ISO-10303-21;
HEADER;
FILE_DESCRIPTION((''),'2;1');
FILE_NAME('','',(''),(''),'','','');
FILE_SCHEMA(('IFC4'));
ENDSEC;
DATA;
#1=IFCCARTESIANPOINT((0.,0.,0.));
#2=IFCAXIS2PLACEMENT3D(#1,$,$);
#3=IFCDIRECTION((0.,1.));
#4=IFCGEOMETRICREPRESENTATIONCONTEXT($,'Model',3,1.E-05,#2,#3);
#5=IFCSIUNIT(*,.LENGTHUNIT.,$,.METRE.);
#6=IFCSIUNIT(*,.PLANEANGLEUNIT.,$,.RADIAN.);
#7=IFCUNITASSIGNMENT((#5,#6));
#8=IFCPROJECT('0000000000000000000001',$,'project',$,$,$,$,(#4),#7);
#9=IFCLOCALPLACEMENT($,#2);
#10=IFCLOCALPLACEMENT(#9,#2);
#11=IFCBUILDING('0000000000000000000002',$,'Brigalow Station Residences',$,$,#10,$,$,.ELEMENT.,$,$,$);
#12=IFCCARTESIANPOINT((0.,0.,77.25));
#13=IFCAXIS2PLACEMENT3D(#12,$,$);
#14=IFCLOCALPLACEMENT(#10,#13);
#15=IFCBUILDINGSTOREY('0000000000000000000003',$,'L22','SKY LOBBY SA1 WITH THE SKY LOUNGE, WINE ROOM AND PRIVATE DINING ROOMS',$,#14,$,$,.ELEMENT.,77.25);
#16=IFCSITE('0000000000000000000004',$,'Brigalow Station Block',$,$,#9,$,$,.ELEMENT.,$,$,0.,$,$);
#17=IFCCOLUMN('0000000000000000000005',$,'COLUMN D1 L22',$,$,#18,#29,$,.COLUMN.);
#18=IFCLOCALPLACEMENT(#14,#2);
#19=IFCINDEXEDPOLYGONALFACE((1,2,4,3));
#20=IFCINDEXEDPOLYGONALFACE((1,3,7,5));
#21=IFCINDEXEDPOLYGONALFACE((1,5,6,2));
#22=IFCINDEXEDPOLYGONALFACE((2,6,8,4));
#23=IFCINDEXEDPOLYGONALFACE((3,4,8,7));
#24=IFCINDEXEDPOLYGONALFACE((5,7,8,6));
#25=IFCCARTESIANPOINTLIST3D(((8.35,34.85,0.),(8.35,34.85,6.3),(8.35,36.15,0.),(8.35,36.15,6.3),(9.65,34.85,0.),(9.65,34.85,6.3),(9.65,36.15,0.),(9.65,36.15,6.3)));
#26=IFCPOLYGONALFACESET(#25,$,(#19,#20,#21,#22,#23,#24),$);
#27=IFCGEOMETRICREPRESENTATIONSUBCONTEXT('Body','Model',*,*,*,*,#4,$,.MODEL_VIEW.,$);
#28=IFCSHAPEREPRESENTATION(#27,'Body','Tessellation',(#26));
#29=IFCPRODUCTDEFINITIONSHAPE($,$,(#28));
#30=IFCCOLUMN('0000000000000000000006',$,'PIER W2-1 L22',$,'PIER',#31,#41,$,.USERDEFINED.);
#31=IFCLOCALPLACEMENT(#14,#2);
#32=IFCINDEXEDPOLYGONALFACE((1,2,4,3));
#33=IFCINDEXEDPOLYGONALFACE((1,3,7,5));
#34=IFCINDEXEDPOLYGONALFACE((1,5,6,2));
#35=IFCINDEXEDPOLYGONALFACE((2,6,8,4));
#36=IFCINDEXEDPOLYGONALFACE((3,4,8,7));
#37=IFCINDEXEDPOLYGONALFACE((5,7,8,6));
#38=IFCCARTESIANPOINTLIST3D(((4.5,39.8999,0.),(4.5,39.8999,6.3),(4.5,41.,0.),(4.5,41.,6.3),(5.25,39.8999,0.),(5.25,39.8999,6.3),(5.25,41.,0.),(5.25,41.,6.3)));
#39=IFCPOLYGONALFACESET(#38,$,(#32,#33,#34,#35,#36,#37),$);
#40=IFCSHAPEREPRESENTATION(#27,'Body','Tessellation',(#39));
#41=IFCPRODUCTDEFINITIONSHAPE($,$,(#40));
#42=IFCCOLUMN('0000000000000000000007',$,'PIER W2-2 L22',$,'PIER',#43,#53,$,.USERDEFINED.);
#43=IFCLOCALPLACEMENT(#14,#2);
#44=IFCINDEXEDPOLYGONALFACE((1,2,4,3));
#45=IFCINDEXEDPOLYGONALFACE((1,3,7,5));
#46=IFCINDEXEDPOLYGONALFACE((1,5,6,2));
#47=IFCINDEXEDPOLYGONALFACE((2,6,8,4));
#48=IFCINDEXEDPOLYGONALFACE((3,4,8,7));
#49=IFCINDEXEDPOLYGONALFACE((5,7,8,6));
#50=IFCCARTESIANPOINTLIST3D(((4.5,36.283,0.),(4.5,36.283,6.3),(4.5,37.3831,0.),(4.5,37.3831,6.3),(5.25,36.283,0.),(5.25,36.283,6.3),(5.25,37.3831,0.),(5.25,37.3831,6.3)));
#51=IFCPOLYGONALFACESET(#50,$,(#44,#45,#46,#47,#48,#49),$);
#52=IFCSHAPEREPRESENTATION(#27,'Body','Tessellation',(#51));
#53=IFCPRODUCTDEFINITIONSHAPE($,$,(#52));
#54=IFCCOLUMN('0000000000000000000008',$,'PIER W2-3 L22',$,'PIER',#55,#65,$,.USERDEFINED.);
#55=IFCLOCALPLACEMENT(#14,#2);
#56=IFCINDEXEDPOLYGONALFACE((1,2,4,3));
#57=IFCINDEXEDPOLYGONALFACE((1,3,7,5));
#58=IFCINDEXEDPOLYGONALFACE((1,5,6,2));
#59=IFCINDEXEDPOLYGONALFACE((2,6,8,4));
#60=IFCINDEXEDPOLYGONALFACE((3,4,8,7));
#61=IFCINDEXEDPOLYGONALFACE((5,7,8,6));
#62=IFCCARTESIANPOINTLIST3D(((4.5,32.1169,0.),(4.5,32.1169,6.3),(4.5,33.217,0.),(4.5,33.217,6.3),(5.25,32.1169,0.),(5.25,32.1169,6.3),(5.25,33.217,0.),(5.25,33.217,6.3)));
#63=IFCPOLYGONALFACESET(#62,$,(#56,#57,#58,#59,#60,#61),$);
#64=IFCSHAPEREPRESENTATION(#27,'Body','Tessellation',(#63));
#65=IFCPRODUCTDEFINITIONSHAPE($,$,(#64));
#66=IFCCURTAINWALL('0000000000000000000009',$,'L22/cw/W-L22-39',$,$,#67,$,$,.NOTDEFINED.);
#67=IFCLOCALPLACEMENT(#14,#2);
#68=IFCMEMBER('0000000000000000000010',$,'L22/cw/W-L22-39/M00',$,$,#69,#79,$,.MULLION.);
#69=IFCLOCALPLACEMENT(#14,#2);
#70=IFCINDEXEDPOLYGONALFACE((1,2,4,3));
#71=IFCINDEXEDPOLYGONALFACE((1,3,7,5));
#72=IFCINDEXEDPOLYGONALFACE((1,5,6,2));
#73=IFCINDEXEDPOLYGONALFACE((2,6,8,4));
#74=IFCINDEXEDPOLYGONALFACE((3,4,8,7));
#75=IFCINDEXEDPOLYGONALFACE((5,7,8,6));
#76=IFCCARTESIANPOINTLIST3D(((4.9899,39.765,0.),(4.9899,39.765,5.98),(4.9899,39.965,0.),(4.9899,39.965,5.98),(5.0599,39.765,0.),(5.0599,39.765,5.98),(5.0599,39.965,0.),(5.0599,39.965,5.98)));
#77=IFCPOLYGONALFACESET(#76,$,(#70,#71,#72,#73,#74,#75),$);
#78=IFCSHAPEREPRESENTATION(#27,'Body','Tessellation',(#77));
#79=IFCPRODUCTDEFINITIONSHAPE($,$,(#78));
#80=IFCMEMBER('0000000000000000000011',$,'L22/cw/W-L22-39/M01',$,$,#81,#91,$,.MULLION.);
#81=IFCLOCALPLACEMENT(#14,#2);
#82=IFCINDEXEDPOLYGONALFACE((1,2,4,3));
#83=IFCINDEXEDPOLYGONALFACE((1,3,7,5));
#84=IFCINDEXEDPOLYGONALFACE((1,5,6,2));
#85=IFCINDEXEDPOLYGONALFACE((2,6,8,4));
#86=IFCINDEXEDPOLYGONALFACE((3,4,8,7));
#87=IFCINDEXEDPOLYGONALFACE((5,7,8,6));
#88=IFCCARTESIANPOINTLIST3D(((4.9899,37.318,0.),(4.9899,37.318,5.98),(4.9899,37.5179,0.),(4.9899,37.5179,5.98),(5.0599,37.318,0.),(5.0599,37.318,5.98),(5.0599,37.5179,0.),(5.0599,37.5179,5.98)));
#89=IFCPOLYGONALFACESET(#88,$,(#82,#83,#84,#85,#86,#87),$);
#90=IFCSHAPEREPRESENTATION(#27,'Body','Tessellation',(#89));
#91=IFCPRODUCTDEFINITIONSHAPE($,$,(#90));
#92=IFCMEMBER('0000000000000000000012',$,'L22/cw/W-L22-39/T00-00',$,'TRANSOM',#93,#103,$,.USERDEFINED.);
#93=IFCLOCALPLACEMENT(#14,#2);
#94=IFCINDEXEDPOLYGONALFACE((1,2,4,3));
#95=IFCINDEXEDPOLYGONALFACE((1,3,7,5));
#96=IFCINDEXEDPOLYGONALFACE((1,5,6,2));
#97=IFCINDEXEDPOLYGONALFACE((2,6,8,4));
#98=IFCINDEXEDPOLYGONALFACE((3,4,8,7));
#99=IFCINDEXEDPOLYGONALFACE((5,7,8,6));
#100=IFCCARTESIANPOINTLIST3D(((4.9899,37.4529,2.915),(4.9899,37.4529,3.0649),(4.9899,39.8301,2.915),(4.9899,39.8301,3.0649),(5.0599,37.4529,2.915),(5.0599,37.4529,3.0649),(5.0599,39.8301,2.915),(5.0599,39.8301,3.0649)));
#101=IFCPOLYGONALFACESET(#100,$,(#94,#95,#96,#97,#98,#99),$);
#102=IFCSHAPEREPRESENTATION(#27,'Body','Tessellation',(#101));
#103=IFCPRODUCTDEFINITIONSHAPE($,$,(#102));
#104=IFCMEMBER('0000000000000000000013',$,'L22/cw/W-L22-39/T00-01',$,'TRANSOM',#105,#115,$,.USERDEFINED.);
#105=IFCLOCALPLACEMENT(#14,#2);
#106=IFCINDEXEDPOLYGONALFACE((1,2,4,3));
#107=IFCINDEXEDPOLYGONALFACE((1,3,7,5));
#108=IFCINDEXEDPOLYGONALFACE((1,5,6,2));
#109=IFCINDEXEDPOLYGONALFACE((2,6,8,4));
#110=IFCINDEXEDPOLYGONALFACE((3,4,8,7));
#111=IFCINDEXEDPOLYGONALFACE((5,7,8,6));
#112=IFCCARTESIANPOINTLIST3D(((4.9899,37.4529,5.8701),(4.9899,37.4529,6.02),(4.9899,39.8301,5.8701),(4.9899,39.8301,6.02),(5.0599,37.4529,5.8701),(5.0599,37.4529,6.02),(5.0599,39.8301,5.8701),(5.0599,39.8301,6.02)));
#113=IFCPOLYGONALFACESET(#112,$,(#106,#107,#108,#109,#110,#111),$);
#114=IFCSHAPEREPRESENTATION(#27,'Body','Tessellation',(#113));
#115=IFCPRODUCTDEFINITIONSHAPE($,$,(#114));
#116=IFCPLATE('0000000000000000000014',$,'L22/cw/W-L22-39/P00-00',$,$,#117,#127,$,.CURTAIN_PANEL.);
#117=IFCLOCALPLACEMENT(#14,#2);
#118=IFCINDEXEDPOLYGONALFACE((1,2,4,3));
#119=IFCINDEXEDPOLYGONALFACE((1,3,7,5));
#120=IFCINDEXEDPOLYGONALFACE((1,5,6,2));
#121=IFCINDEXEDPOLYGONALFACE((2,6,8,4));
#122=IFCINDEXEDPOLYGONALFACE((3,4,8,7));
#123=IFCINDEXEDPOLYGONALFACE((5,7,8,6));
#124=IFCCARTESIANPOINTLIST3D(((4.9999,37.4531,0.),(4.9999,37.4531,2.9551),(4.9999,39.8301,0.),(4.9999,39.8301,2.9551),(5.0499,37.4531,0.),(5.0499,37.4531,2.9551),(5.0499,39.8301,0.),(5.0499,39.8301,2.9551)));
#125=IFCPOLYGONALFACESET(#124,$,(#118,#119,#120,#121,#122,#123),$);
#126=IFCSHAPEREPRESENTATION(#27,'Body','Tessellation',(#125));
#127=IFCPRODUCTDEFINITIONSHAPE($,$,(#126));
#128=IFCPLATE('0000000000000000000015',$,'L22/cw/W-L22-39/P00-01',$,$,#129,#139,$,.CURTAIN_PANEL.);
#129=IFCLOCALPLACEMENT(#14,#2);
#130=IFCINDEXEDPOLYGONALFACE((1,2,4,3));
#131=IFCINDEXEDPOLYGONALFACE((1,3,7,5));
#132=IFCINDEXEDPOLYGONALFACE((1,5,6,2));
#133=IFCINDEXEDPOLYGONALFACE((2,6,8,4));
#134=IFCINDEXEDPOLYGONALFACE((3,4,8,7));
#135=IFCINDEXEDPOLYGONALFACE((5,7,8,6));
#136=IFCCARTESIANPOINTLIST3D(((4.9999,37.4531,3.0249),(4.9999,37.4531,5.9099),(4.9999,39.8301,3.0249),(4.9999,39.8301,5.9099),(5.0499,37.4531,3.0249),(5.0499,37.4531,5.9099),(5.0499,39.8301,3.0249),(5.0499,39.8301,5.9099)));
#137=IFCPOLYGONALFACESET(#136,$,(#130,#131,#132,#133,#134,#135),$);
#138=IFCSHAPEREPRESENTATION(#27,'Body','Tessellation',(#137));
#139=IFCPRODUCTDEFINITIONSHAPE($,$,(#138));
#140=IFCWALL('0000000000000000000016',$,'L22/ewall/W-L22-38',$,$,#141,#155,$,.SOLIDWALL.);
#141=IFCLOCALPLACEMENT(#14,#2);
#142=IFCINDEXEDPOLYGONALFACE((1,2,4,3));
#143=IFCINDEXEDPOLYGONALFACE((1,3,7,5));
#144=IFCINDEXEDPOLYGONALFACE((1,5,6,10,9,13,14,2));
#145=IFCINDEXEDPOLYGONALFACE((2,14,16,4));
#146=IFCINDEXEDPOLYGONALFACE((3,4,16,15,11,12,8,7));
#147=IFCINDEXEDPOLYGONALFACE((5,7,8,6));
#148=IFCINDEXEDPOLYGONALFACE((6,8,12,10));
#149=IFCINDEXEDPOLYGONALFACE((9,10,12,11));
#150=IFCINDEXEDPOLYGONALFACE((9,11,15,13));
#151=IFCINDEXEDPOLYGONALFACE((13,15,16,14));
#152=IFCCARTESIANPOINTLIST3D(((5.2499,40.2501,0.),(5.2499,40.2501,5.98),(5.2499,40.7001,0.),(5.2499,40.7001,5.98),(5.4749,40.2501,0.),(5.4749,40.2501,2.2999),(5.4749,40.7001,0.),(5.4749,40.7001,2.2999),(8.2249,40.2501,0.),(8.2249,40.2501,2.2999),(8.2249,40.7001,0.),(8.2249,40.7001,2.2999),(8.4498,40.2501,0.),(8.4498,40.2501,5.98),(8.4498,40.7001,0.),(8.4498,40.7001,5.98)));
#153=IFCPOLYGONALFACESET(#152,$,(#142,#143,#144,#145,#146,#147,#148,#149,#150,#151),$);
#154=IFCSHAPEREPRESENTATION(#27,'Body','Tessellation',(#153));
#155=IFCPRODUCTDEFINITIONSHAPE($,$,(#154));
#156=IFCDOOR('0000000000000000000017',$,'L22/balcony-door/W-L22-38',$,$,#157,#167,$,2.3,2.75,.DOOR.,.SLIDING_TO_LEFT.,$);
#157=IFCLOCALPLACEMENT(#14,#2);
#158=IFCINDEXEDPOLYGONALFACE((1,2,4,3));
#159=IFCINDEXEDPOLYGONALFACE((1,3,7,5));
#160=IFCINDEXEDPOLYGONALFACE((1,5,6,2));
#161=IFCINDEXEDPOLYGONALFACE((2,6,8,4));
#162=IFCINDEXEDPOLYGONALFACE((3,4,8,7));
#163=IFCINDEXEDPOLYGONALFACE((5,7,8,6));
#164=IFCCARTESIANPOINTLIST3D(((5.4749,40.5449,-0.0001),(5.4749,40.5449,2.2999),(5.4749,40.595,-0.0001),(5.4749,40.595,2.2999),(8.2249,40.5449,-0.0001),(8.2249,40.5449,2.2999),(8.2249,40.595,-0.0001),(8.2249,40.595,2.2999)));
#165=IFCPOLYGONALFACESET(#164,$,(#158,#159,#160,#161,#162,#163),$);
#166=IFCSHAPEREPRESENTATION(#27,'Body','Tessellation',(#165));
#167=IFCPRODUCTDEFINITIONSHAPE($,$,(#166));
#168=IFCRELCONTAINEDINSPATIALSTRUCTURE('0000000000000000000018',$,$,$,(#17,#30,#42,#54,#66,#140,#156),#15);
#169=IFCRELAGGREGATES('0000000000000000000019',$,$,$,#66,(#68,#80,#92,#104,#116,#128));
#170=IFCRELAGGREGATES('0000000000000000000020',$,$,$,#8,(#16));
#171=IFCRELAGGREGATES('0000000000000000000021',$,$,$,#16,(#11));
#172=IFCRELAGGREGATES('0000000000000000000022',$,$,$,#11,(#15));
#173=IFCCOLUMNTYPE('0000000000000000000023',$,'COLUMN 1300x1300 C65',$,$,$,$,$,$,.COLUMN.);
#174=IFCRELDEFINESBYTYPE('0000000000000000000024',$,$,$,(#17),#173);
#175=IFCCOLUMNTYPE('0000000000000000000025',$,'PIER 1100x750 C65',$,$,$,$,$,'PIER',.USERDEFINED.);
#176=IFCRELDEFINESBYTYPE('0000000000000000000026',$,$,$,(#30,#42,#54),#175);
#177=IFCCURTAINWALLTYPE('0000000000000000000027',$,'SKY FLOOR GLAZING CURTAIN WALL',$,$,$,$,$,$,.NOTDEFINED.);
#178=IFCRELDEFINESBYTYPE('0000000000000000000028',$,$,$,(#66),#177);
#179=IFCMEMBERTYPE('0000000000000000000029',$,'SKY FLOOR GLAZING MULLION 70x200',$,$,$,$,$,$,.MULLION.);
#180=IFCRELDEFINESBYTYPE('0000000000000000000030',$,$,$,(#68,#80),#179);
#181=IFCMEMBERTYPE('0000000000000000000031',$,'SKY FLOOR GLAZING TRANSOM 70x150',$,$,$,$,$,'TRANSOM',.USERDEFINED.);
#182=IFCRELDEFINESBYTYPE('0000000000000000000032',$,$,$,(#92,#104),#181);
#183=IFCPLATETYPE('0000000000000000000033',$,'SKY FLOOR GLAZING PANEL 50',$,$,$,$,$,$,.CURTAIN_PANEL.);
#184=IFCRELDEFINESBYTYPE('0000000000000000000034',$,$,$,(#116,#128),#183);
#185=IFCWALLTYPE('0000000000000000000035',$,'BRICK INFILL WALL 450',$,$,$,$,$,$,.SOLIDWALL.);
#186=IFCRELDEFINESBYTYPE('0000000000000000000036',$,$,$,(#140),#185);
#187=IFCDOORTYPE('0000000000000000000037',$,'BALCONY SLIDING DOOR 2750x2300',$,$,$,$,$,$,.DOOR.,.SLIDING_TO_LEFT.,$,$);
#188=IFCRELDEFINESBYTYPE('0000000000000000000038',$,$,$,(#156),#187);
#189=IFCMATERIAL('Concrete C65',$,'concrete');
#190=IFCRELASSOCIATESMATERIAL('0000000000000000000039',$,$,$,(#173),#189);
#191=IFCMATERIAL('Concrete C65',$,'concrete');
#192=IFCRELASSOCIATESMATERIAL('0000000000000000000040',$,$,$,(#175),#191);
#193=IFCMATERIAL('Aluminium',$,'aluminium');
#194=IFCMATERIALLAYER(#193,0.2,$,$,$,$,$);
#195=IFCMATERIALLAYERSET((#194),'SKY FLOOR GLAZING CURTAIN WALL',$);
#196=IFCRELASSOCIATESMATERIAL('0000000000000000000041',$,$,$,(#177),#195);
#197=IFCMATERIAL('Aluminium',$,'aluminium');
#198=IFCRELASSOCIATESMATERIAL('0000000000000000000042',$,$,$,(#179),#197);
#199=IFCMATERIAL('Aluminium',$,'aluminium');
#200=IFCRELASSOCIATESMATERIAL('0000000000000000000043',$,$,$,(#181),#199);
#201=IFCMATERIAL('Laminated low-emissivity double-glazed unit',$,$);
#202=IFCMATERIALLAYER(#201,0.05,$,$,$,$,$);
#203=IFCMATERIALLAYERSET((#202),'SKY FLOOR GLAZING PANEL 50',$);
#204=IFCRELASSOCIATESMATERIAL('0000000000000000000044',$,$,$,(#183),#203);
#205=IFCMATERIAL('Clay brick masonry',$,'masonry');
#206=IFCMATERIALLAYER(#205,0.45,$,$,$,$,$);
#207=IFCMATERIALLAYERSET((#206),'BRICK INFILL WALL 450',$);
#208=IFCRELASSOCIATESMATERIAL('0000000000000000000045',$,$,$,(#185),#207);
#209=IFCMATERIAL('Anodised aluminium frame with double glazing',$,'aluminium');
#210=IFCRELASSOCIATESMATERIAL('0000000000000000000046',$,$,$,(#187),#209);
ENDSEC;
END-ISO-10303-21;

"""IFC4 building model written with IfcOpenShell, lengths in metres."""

from ifc_helpers import new_model, si_unit, direction, frame, frame_2d, origin, origin_2d, place, context, subcontext, project, spatial, rectangle, extrude, material, layer, layer_set, material_profile, profile_set, type_object, element, fill, aggregate, save


model = new_model("IFC4")

# Units and contexts
model_context = context("Model", 3, precision=1e-05, world=origin(), true_north=direction((0.0, 1.0)))
body_context = subcontext(model_context, "Body", "Model", "MODEL_VIEW")
ifc_project = project(units=[si_unit("LENGTHUNIT", "METRE"), si_unit("PLANEANGLEUNIT", "RADIAN")], contexts=[model_context])

# Site, building, storey
site_placement = place(None, origin())
site = spatial("IfcSite", under=ifc_project, at=site_placement, Name="Brigalow Station Block", CompositionType="ELEMENT", RefElevation=0.0)
building_placement = place(site_placement, origin())
building = spatial("IfcBuilding", under=site, at=building_placement, Name="Brigalow Station Residences", CompositionType="ELEMENT")
storey_placement = place(building_placement, frame((0.0, 0.0, 77.25)))
storey = spatial("IfcBuildingStorey", under=building, at=storey_placement, Name="L22", Description="SKY LOBBY SA1 WITH THE SKY LOUNGE, WINE ROOM AND PRIVATE DINING ROOMS", CompositionType="ELEMENT", Elevation=77.25)

# Columns
ifc_material_1 = material(Name="Concrete C65", Category="concrete")
ifc_material_profile_1 = material_profile(ifc_material_1, rectangle(XDim=1.3, YDim=1.3, at=origin_2d()), Name="RC1300x1300")
ifc_profile_set_1 = profile_set([ifc_material_profile_1], Name="Concrete C65")
column_type_1 = type_object("IfcColumnType", Name="COLUMN 1300x1300 C65", PredefinedType="COLUMN", material=ifc_profile_set_1)
column_placement = place(storey_placement, frame((9.0, 35.5, 0.0), z_axis=(0.0, 0.0, 1.0), x_axis=(1.0, 0.0, 0.0)))
element("IfcColumn", 1, at=column_placement, inside=storey, type_object=column_type_1, Name="COLUMN D1 L22", PredefinedType="COLUMN", context=body_context, shape_type="SweptSolid", body=[
    extrude(rectangle(XDim=1.3, YDim=1.3, at=origin_2d()), origin(), (0.0, 0.0, 1.0), 6.3),
])
ifc_material_2 = material(Name="Concrete C65", Category="concrete")
ifc_material_profile_2 = material_profile(ifc_material_2, rectangle(XDim=1.1001, YDim=0.75, at=origin_2d()), Name="RC1100x750")
ifc_profile_set_2 = profile_set([ifc_material_profile_2], Name="Concrete C65")
column_type_2 = type_object("IfcColumnType", Name="PIER 1100x750 C65", ElementType="PIER", PredefinedType="USERDEFINED", material=ifc_profile_set_2)
for number, where, z_axis, x_axis, name in (
    (2, (4.875, 40.45, 0.0), (0.0, 0.0, 1.0), (0.0, -1.0, 0.0), "PIER W2-1 L22"),
    (3, (4.875, 36.833, 0.0), (0.0, 0.0, 1.0), (0.0, -1.0, 0.0), "PIER W2-2 L22"),
    (4, (4.875, 32.667, 0.0), (0.0, 0.0, 1.0), (0.0, -1.0, 0.0), "PIER W2-3 L22"),
):
    element("IfcColumn", number, at=place(storey_placement, frame(where, z_axis=z_axis, x_axis=x_axis)), inside=storey, type_object=column_type_2, Name=name, ObjectType="PIER", PredefinedType="USERDEFINED", context=body_context, shape_type="SweptSolid", body=[
        extrude(rectangle(XDim=1.1001, YDim=0.75, at=origin_2d()), origin(), (0.0, 0.0, 1.0), 6.3),
    ])

# Curtain wall, members, plates
ifc_material_3 = material(Name="Aluminium", Category="aluminium")
ifc_layer_1 = layer(ifc_material_3, 0.2)
ifc_layer_set_1 = layer_set([ifc_layer_1], Name="SKY FLOOR GLAZING CURTAIN WALL")
curtain_wall_type = type_object("IfcCurtainWallType", Name="SKY FLOOR GLAZING CURTAIN WALL", PredefinedType="NOTDEFINED", material=ifc_layer_set_1)
curtain_wall_placement = place(storey_placement, origin())
curtain_wall = element("IfcCurtainWall", 5, at=curtain_wall_placement, inside=storey, type_object=curtain_wall_type, Name="L22/cw/W-L22-39", PredefinedType="NOTDEFINED")
ifc_material_4 = material(Name="Aluminium", Category="aluminium")
ifc_material_profile_3 = material_profile(ifc_material_4, rectangle(XDim=0.0701, YDim=0.2, at=origin_2d()), Name="SKY FLOOR GLAZING MULLION 70x200")
ifc_profile_set_3 = profile_set([ifc_material_profile_3], Name="Aluminium")
member_type_1 = type_object("IfcMemberType", Name="SKY FLOOR GLAZING MULLION 70x200", PredefinedType="MULLION", material=ifc_profile_set_3)
member_1_placement = place(storey_placement, frame((5.0249, 39.865, 0.0), z_axis=(0.0, 0.0, 1.0), x_axis=(1.0, 0.0, 0.0)))
member_1 = element("IfcMember", 6, at=member_1_placement, type_object=member_type_1, Name="L22/cw/W-L22-39/M00", PredefinedType="MULLION", context=body_context, shape_type="SweptSolid", body=[
    extrude(rectangle(XDim=0.0701, YDim=0.2, at=origin_2d()), origin(), (0.0, 0.0, 1.0), 5.98),
])
member_2_placement = place(storey_placement, frame((5.0249, 37.418, 0.0), z_axis=(0.0, 0.0, 1.0), x_axis=(1.0, 0.0, 0.0)))
member_2 = element("IfcMember", 7, at=member_2_placement, type_object=member_type_1, Name="L22/cw/W-L22-39/M01", PredefinedType="MULLION", context=body_context, shape_type="SweptSolid", body=[
    extrude(rectangle(XDim=0.0701, YDim=0.2, at=origin_2d()), origin(), (0.0, 0.0, 1.0), 5.98),
])
ifc_material_5 = material(Name="Aluminium", Category="aluminium")
ifc_material_profile_4 = material_profile(ifc_material_5, rectangle(XDim=0.0701, YDim=0.1499, at=origin_2d()), Name="SKY FLOOR GLAZING TRANSOM 70x150")
ifc_profile_set_4 = profile_set([ifc_material_profile_4], Name="Aluminium")
member_type_2 = type_object("IfcMemberType", Name="SKY FLOOR GLAZING TRANSOM 70x150", ElementType="TRANSOM", PredefinedType="USERDEFINED", material=ifc_profile_set_4)
member_3_placement = place(storey_placement, frame((5.0249, 39.8301, 2.99), z_axis=(0.0, -1.0, 0.0), x_axis=(1.0, 0.0, 0.0)))
member_3 = element("IfcMember", 8, at=member_3_placement, type_object=member_type_2, Name="L22/cw/W-L22-39/T00-00", ObjectType="TRANSOM", PredefinedType="USERDEFINED", context=body_context, shape_type="SweptSolid", body=[
    extrude(rectangle(XDim=0.0701, YDim=0.1499, at=origin_2d()), origin(), (0.0, 0.0, 1.0), 2.3772),
])
member_4_placement = place(storey_placement, frame((5.0249, 39.8301, 5.9451), z_axis=(0.0, -1.0, 0.0), x_axis=(1.0, 0.0, 0.0)))
member_4 = element("IfcMember", 9, at=member_4_placement, type_object=member_type_2, Name="L22/cw/W-L22-39/T00-01", ObjectType="TRANSOM", PredefinedType="USERDEFINED", context=body_context, shape_type="SweptSolid", body=[
    extrude(rectangle(XDim=0.0701, YDim=0.1499, at=origin_2d()), origin(), (0.0, 0.0, 1.0), 2.3772),
])
ifc_material_6 = material(Name="Laminated low-emissivity double-glazed unit")
ifc_layer_2 = layer(ifc_material_6, 0.05)
ifc_layer_set_2 = layer_set([ifc_layer_2], Name="SKY FLOOR GLAZING PANEL 50")
plate_type = type_object("IfcPlateType", Name="SKY FLOOR GLAZING PANEL 50", PredefinedType="CURTAIN_PANEL", material=ifc_layer_set_2)
plate_1_placement = place(storey_placement, frame((5.0249, 38.6416, 0.0), z_axis=(0.0, 0.0, 1.0), x_axis=(0.0, -1.0, 0.0)))
plate_1 = element("IfcPlate", 10, at=plate_1_placement, type_object=plate_type, Name="L22/cw/W-L22-39/P00-00", PredefinedType="CURTAIN_PANEL", context=body_context, shape_type="SweptSolid", body=[
    extrude(rectangle(XDim=2.377, YDim=0.05, at=origin_2d()), origin(), (0.0, 0.0, 1.0), 2.9551),
])
plate_2_placement = place(storey_placement, frame((5.0249, 38.6416, 3.0249), z_axis=(0.0, 0.0, 1.0), x_axis=(0.0, -1.0, 0.0)))
plate_2 = element("IfcPlate", 11, at=plate_2_placement, type_object=plate_type, Name="L22/cw/W-L22-39/P00-01", PredefinedType="CURTAIN_PANEL", context=body_context, shape_type="SweptSolid", body=[
    extrude(rectangle(XDim=2.377, YDim=0.05, at=origin_2d()), origin(), (0.0, 0.0, 1.0), 2.885),
])
aggregate(curtain_wall, [member_1, member_2, member_3, member_4, plate_1, plate_2])

# Wall, opening, door
ifc_material_7 = material(Name="Clay brick masonry", Category="masonry")
ifc_layer_3 = layer(ifc_material_7, 0.45)
ifc_layer_set_3 = layer_set([ifc_layer_3], Name="BRICK INFILL WALL 450")
wall_type_1 = type_object("IfcWallType", Name="BRICK INFILL WALL 450", PredefinedType="SOLIDWALL", material=ifc_layer_set_3)
wall_1_placement = place(storey_placement, frame((8.45, 40.4751, 0.0), z_axis=(0.0, 0.0, 1.0), x_axis=(-1.0, 0.0, 0.0)))
wall_1 = element("IfcWall", 12, at=wall_1_placement, inside=storey, type_object=wall_type_1, Name="L22/ewall/W-L22-38", PredefinedType="SOLIDWALL", context=body_context, shape_type="SweptSolid", body=[
    extrude(rectangle(XDim=3.2, YDim=0.45, at=frame_2d((1.6001, 0.0))), origin(), (0.0, 0.0, 1.0), 5.98),
])
opening_1_placement = place(wall_1_placement, frame((0.2251, 0.0, 0.0)))
opening_1 = element("IfcOpeningElement", 13, at=opening_1_placement, cuts=wall_1, PredefinedType="OPENING", context=body_context, shape_type="SweptSolid", body=[
    extrude(rectangle(XDim=2.75, YDim=2.3, at=frame_2d((1.375, 1.1499))), frame((0.0, 0.2349, 0.0), z_axis=(0.0, -1.0, 0.0), x_axis=(1.0, 0.0, 0.0)), (0.0, 0.0, 1.0), 0.47),
])
ifc_material_8 = material(Name="Anodised aluminium frame with double glazing", Category="aluminium")
door_type_1 = type_object("IfcDoorType", Name="BALCONY SLIDING DOOR 2750x2300", OperationType="SLIDING_TO_LEFT", PredefinedType="DOOR", material=ifc_material_8)
door_1_placement = place(opening_1_placement, origin())
door_1 = element("IfcDoor", 14, at=door_1_placement, inside=storey, type_object=door_type_1, Name="L22/balcony-door/W-L22-38", OperationType="SLIDING_TO_LEFT", OverallHeight=2.3, OverallWidth=2.75, PredefinedType="DOOR", context=body_context, shape_type="SweptSolid", body=[
    extrude(rectangle(XDim=2.75, YDim=2.3, at=frame_2d((1.375, 1.1499))), frame((0.0, -0.0698, 0.0), z_axis=(0.0, -1.0, 0.0), x_axis=(1.0, 0.0, 0.0)), (0.0, 0.0, 1.0), 0.05),
])
fill(opening_1, door_1)

save(model, "model.ifc")
